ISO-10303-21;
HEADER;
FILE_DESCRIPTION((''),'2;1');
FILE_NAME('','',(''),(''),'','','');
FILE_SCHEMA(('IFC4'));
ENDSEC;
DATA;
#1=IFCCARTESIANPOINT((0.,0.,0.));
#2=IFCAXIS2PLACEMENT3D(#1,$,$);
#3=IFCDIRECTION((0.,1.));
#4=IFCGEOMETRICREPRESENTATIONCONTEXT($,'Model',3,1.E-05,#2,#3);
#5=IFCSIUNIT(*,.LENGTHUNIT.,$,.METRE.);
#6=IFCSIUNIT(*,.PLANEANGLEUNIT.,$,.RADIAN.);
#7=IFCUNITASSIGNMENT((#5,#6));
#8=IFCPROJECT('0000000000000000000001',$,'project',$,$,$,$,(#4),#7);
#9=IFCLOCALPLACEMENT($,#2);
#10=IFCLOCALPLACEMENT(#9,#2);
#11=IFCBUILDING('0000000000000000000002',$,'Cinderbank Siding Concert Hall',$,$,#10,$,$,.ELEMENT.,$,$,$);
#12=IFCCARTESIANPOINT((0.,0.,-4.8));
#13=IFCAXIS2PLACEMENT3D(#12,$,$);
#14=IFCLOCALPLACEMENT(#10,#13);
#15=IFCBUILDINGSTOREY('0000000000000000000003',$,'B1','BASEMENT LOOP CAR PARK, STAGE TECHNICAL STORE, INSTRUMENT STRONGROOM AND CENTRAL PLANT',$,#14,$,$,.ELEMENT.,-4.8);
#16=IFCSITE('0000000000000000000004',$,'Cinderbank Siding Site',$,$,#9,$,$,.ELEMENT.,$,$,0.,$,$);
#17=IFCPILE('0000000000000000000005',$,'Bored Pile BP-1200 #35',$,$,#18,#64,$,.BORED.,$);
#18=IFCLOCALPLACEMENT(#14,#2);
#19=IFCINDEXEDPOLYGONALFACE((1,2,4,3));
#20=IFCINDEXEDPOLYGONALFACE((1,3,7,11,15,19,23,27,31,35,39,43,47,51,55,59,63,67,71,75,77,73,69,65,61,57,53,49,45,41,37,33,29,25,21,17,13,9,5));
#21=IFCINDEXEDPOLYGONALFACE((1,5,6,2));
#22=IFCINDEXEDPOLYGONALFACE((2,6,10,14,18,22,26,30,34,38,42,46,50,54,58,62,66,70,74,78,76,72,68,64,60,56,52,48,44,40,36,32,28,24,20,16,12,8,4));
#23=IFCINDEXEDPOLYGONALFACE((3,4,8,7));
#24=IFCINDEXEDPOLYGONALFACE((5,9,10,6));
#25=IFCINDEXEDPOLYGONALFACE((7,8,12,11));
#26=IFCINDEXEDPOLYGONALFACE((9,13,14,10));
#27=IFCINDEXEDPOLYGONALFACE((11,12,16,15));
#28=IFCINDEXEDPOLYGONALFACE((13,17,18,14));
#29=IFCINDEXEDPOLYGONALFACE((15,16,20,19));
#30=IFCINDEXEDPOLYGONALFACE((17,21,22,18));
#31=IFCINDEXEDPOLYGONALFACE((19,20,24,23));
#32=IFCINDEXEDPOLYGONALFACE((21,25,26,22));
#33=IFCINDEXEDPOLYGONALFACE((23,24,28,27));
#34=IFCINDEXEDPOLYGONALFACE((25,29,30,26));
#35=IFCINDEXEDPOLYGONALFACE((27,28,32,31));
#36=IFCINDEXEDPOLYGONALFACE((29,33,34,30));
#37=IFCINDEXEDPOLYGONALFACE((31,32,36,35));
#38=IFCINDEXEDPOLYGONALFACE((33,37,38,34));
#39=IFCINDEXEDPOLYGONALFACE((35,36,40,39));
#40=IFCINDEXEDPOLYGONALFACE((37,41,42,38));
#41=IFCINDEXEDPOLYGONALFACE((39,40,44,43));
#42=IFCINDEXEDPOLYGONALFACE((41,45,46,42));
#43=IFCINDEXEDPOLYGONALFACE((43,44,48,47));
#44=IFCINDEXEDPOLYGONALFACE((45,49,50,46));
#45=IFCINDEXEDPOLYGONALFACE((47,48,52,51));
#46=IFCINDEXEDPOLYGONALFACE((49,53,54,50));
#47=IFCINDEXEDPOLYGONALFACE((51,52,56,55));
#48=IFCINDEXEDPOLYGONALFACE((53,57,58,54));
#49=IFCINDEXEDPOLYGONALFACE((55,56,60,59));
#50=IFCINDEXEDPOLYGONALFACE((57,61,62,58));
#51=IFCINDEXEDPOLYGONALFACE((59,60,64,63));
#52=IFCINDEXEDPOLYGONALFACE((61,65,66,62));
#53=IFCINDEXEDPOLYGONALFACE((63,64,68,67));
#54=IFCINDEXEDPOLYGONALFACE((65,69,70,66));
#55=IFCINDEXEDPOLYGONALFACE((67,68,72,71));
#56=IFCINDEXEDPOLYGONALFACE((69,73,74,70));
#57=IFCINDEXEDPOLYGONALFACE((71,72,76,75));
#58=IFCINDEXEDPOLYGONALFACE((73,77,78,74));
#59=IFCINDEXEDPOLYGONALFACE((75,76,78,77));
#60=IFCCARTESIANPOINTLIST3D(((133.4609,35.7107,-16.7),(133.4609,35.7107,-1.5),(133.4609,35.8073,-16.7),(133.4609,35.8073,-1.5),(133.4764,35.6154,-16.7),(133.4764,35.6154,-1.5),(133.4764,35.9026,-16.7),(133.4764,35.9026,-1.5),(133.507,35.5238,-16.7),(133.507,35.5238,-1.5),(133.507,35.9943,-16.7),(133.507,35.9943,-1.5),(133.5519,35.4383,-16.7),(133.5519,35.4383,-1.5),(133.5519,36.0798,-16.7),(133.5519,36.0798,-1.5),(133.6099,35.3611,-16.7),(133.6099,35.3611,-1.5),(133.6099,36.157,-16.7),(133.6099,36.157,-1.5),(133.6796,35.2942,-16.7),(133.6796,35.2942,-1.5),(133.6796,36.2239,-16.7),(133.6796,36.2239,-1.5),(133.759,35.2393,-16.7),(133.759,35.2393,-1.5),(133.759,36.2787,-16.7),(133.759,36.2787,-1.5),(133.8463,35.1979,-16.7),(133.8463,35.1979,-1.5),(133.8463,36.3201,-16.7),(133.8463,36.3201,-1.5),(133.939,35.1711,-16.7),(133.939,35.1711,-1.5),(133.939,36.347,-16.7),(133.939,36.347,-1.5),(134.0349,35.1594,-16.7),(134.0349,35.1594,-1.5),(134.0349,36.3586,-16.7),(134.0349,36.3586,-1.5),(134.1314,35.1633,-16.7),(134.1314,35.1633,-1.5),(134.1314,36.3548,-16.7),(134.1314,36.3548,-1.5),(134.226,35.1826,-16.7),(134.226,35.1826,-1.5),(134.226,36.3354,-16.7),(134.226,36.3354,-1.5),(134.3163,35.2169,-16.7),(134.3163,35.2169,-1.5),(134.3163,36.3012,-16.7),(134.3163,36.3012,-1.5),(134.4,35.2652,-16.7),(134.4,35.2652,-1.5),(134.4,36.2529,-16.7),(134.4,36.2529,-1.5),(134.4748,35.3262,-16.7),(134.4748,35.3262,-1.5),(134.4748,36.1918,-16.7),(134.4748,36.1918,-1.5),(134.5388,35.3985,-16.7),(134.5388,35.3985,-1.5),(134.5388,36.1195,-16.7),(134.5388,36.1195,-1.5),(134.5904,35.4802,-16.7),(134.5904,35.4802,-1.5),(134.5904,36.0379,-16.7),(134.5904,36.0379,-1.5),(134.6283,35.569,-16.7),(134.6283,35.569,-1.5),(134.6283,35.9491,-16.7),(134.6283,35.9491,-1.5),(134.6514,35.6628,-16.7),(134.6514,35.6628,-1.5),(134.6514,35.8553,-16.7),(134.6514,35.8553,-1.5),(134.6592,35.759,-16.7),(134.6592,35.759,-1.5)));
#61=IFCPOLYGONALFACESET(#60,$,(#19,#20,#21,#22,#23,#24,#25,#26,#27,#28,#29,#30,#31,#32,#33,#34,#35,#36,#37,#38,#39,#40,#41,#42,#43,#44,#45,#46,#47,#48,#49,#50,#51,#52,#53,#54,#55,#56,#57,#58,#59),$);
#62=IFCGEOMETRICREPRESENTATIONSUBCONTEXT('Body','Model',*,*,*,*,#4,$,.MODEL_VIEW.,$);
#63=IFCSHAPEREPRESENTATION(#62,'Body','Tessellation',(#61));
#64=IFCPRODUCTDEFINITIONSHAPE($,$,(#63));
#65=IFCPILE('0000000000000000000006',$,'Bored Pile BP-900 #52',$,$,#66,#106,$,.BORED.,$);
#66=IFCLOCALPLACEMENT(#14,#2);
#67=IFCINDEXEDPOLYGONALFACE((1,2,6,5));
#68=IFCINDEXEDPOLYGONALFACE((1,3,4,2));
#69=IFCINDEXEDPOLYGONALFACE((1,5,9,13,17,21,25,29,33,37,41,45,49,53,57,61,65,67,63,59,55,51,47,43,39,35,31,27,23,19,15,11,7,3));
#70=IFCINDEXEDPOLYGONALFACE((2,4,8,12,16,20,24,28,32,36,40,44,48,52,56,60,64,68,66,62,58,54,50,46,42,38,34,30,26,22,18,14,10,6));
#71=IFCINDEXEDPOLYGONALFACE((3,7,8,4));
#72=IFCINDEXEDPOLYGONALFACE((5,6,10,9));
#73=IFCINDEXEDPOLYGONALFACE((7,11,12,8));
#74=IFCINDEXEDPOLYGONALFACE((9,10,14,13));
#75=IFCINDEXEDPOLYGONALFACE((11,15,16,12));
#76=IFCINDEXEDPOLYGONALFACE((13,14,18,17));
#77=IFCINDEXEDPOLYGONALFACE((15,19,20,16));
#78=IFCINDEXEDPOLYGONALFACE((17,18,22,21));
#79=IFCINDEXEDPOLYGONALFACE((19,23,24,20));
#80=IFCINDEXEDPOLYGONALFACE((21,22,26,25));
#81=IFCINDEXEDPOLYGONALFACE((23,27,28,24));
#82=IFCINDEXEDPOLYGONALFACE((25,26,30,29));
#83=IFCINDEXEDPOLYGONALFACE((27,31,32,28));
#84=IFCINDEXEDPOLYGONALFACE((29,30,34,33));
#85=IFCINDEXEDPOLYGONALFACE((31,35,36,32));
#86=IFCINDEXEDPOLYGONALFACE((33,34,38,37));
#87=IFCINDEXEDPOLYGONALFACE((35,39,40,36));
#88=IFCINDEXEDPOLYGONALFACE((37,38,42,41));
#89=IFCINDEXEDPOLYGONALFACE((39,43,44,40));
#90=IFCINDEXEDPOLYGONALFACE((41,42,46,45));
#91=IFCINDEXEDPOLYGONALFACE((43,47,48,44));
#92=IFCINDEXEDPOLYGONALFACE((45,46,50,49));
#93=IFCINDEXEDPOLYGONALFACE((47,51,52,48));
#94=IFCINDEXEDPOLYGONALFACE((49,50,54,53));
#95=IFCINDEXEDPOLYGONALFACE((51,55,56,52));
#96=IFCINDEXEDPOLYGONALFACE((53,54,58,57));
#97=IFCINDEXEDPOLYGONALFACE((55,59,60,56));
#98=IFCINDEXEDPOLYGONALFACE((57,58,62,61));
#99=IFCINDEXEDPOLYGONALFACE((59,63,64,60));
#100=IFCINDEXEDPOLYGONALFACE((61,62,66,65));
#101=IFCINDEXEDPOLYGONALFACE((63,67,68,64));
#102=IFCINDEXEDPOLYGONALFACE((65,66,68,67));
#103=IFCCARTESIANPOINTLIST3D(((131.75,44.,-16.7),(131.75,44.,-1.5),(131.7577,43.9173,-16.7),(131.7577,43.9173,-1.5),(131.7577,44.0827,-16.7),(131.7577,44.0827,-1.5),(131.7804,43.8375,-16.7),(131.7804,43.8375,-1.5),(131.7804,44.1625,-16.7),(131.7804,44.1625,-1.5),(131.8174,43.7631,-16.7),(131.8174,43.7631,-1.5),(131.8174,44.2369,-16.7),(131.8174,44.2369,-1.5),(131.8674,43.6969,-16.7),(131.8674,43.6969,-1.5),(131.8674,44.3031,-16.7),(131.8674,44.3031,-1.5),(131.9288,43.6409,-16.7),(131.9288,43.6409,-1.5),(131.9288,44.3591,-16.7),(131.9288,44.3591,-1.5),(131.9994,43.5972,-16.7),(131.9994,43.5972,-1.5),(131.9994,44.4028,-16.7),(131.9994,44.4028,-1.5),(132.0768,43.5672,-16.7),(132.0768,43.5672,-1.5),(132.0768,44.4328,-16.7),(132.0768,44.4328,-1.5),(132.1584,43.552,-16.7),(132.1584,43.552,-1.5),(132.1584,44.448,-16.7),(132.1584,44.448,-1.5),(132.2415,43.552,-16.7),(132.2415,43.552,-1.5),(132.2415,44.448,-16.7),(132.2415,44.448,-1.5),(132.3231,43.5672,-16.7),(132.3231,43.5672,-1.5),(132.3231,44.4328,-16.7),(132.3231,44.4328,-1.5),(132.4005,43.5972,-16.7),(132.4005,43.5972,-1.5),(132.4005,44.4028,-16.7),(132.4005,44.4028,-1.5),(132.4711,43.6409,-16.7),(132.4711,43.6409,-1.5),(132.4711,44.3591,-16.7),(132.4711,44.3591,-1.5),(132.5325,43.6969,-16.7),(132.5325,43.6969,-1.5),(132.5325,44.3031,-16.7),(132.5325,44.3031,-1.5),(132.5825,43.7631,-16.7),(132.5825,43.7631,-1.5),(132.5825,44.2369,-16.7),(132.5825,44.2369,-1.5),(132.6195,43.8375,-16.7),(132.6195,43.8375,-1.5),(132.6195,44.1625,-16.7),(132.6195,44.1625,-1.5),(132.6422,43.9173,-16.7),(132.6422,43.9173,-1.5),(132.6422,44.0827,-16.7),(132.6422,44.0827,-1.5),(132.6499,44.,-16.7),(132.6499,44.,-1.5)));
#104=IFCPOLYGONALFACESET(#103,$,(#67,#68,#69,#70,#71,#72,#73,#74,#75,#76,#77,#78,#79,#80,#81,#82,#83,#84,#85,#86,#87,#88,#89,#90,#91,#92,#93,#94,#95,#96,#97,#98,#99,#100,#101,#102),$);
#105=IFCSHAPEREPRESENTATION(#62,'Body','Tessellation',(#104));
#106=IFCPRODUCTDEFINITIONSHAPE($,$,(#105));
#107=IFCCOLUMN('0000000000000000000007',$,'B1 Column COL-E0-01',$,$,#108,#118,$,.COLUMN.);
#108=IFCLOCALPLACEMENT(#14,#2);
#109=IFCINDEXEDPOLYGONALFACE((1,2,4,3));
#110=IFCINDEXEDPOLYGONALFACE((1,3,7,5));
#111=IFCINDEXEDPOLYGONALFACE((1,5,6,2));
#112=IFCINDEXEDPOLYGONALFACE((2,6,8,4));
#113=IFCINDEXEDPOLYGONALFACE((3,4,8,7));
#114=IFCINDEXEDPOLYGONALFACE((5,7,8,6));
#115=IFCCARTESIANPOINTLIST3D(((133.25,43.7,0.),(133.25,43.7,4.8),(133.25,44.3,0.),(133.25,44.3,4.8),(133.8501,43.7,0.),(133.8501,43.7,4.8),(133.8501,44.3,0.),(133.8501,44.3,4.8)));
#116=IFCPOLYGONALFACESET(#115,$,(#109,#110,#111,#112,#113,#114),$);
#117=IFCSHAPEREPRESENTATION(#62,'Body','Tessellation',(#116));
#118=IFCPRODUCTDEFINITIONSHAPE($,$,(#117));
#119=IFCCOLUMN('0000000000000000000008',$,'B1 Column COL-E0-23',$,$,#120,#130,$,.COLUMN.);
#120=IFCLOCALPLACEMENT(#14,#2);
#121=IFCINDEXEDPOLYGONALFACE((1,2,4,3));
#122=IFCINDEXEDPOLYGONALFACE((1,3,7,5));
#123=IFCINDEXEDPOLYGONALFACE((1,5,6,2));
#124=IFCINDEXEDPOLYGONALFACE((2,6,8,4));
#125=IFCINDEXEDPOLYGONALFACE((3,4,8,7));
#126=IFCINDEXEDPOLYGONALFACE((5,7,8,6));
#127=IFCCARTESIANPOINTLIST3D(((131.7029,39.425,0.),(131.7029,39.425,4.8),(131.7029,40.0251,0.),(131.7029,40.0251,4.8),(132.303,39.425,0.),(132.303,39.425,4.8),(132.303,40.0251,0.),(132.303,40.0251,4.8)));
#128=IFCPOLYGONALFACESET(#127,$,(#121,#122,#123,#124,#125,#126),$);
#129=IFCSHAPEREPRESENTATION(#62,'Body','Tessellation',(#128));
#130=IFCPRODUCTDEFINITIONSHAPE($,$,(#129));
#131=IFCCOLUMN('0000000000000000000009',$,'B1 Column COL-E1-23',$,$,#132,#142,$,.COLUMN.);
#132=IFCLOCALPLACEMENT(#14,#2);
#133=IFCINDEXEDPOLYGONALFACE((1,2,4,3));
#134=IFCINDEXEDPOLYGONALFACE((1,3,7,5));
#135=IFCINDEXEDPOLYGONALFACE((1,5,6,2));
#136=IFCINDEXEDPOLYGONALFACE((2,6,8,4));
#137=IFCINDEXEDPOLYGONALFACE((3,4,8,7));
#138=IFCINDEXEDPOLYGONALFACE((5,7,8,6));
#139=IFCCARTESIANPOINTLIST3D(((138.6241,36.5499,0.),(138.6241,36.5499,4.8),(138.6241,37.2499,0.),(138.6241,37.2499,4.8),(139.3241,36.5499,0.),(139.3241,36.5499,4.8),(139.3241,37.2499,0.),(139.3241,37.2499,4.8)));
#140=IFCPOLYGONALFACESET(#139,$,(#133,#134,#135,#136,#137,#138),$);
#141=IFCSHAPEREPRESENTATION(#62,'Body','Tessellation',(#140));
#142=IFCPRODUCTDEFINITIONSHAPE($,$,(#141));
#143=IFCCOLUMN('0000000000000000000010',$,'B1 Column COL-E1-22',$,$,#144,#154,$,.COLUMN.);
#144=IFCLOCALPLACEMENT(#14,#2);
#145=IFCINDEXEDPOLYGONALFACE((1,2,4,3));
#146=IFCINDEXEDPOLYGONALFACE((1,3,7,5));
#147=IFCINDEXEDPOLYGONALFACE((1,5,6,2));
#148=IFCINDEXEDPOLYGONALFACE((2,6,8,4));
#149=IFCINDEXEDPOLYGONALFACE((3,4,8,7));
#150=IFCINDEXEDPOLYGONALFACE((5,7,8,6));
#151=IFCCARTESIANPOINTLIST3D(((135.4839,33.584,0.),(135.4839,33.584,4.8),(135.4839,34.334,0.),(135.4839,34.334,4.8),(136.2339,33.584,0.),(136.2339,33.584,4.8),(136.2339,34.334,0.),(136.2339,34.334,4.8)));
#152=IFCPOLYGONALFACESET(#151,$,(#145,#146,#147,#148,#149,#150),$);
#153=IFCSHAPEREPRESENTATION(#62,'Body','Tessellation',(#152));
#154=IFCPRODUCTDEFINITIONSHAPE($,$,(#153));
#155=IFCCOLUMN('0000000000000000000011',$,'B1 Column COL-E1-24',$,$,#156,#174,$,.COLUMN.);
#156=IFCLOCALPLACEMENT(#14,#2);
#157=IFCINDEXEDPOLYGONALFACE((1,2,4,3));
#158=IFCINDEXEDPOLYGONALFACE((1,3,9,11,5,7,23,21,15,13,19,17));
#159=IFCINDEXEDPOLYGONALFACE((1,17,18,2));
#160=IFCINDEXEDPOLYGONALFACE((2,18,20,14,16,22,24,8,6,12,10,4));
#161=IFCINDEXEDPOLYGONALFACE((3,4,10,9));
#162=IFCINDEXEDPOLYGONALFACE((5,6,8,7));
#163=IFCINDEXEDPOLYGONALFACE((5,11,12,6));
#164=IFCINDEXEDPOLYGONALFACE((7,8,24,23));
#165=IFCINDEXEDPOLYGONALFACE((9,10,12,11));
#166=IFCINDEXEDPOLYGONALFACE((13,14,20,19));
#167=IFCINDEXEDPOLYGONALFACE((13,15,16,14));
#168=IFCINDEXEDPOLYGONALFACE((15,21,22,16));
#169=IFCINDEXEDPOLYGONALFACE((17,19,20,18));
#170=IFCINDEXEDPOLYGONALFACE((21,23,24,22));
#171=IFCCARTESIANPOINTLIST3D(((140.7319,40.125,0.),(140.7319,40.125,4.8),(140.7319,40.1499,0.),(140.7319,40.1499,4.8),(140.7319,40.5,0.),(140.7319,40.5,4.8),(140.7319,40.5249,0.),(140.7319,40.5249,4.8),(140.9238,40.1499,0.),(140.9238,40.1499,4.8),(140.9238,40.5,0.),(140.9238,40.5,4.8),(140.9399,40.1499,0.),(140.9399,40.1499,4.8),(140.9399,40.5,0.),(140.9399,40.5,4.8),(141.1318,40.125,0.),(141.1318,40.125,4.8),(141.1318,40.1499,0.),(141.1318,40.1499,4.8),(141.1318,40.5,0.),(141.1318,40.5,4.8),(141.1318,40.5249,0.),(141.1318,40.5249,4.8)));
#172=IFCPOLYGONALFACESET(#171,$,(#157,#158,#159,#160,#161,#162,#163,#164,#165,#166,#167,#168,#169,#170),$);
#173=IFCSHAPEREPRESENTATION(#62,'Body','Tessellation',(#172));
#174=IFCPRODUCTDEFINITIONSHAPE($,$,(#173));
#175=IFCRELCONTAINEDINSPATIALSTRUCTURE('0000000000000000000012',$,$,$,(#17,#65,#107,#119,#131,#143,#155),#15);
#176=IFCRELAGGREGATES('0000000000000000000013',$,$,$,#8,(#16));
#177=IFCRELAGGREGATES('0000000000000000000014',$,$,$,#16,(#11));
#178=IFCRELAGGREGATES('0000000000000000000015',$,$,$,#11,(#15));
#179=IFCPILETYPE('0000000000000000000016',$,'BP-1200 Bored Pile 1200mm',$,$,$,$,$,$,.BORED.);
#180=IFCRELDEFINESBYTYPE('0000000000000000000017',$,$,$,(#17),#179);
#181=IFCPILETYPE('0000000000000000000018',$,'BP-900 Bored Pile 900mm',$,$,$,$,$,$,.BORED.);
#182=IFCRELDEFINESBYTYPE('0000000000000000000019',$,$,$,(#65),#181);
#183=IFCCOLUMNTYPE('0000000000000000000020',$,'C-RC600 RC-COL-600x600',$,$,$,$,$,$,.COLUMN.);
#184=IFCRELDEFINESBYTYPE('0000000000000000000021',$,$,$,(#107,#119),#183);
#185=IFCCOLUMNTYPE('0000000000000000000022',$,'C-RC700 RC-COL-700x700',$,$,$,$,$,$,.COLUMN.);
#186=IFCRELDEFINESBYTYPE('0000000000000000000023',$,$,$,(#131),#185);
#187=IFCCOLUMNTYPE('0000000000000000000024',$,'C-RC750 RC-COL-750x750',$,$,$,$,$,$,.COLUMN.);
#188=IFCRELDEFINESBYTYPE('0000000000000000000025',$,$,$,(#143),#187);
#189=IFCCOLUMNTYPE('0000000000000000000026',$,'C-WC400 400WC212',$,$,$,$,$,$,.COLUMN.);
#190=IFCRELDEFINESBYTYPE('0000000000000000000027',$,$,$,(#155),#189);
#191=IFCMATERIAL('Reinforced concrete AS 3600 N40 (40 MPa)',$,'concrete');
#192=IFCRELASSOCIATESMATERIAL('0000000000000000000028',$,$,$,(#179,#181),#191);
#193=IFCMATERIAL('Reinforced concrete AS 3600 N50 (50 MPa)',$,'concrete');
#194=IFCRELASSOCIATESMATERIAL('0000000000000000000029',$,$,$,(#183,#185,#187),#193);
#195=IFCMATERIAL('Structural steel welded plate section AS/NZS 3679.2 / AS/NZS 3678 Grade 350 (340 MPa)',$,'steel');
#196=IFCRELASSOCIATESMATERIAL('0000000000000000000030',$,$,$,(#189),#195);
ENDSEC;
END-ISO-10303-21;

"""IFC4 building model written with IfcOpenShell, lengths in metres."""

from ifc_helpers import new_model, si_unit, direction, frame, origin, origin_2d, place, context, subcontext, project, spatial, rectangle, circle, i_section, extrude, material, material_profile, profile_set, type_object, element, save


model = new_model("IFC4")

# Units and contexts
model_context = context("Model", 3, precision=1e-05, world=origin(), true_north=direction((0.0, 1.0)))
body_context = subcontext(model_context, "Body", "Model", "MODEL_VIEW")
ifc_project = project(units=[si_unit("LENGTHUNIT", "METRE"), si_unit("PLANEANGLEUNIT", "RADIAN")], contexts=[model_context])

# Site, building, storey
site_placement = place(None, origin())
site = spatial("IfcSite", under=ifc_project, at=site_placement, Name="Cinderbank Siding Site", CompositionType="ELEMENT", RefElevation=0.0)
building_placement = place(site_placement, origin())
building = spatial("IfcBuilding", under=site, at=building_placement, Name="Cinderbank Siding Concert Hall", CompositionType="ELEMENT")
storey_placement = place(building_placement, frame((0.0, 0.0, -4.8)))
storey = spatial("IfcBuildingStorey", under=building, at=storey_placement, Name="B1", Description="BASEMENT LOOP CAR PARK, STAGE TECHNICAL STORE, INSTRUMENT STRONGROOM AND CENTRAL PLANT", CompositionType="ELEMENT", Elevation=-4.8)

# Piles
ifc_material_1 = material(Name="Reinforced concrete AS 3600 N40 (40 MPa)", Category="concrete")
ifc_material_profile_1 = material_profile(ifc_material_1, circle(Radius=0.6001, at=origin_2d()), Name="PILE-1200DIA", Category="LoadBearing")
ifc_profile_set_1 = profile_set([ifc_material_profile_1], Name="Reinforced concrete AS 3600 N40 (40 MPa)")
pile_type_1 = type_object("IfcPileType", Name="BP-1200 Bored Pile 1200mm", PredefinedType="BORED", material=ifc_profile_set_1)
for number, where, z_axis, x_axis, name in (
    (1, (134.0591, 35.759, -1.5), (0.0, 0.0, -1.0), (1.0, 0.0, 0.0), "Bored Pile BP-1200 #35"),
):
    element("IfcPile", number, at=place(storey_placement, frame(where, z_axis=z_axis, x_axis=x_axis)), inside=storey, type_object=pile_type_1, Name=name, PredefinedType="BORED", context=body_context, shape_type="SweptSolid", body=[
        extrude(circle(Radius=0.6001, at=origin_2d()), origin(), (0.0, 0.0, 1.0), 15.2),
    ])
ifc_material_profile_2 = material_profile(ifc_material_1, circle(Radius=0.45, at=origin_2d()), Name="PILE-900DIA", Category="LoadBearing")
ifc_profile_set_2 = profile_set([ifc_material_profile_2], Name="Reinforced concrete AS 3600 N40 (40 MPa)")
pile_type_2 = type_object("IfcPileType", Name="BP-900 Bored Pile 900mm", PredefinedType="BORED", material=ifc_profile_set_2)
pile_placement = place(storey_placement, frame((132.2, 44.0, -1.5), z_axis=(0.0, 0.0, -1.0), x_axis=(1.0, 0.0, 0.0)))
element("IfcPile", 2, at=pile_placement, inside=storey, type_object=pile_type_2, Name="Bored Pile BP-900 #52", PredefinedType="BORED", context=body_context, shape_type="SweptSolid", body=[
    extrude(circle(Radius=0.45, at=origin_2d()), origin(), (0.0, 0.0, 1.0), 15.2),
])

# Columns
ifc_material_2 = material(Name="Reinforced concrete AS 3600 N50 (50 MPa)", Category="concrete")
ifc_material_profile_3 = material_profile(ifc_material_2, rectangle(XDim=0.6001, YDim=0.6001, at=origin_2d()), Name="RC-COL-600x600", Category="LoadBearing")
ifc_profile_set_3 = profile_set([ifc_material_profile_3], Name="Reinforced concrete AS 3600 N50 (50 MPa)")
column_type_1 = type_object("IfcColumnType", Name="C-RC600 RC-COL-600x600", PredefinedType="COLUMN", material=ifc_profile_set_3)
for number, where, z_axis, x_axis, name in (
    (3, (133.55, 44.0, 0.0), (0.0, 0.0, 1.0), (1.0, 0.0, 0.0), "B1 Column COL-E0-01"),
    (4, (132.0029, 39.7251, 0.0), (0.0, 0.0, 1.0), (1.0, 0.0, 0.0), "B1 Column COL-E0-23"),
):
    element("IfcColumn", number, at=place(storey_placement, frame(where, z_axis=z_axis, x_axis=x_axis)), inside=storey, type_object=column_type_1, Name=name, PredefinedType="COLUMN", context=body_context, shape_type="SweptSolid", body=[
        extrude(rectangle(XDim=0.6001, YDim=0.6001, at=origin_2d()), origin(), (0.0, 0.0, 1.0), 4.8),
    ])
ifc_material_profile_4 = material_profile(ifc_material_2, rectangle(XDim=0.7, YDim=0.7, at=origin_2d()), Name="RC-COL-700x700", Category="LoadBearing")
ifc_profile_set_4 = profile_set([ifc_material_profile_4], Name="Reinforced concrete AS 3600 N50 (50 MPa)")
column_type_2 = type_object("IfcColumnType", Name="C-RC700 RC-COL-700x700", PredefinedType="COLUMN", material=ifc_profile_set_4)
column_1_placement = place(storey_placement, frame((138.9741, 36.8999, 0.0), z_axis=(0.0, 0.0, 1.0), x_axis=(1.0, 0.0, 0.0)))
element("IfcColumn", 5, at=column_1_placement, inside=storey, type_object=column_type_2, Name="B1 Column COL-E1-23", PredefinedType="COLUMN", context=body_context, shape_type="SweptSolid", body=[
    extrude(rectangle(XDim=0.7, YDim=0.7, at=origin_2d()), origin(), (0.0, 0.0, 1.0), 4.8),
])
ifc_material_profile_5 = material_profile(ifc_material_2, rectangle(XDim=0.75, YDim=0.75, at=origin_2d()), Name="RC-COL-750x750", Category="LoadBearing")
ifc_profile_set_5 = profile_set([ifc_material_profile_5], Name="Reinforced concrete AS 3600 N50 (50 MPa)")
column_type_3 = type_object("IfcColumnType", Name="C-RC750 RC-COL-750x750", PredefinedType="COLUMN", material=ifc_profile_set_5)
column_2_placement = place(storey_placement, frame((135.8589, 33.959, 0.0), z_axis=(0.0, 0.0, 1.0), x_axis=(1.0, 0.0, 0.0)))
element("IfcColumn", 6, at=column_2_placement, inside=storey, type_object=column_type_3, Name="B1 Column COL-E1-22", PredefinedType="COLUMN", context=body_context, shape_type="SweptSolid", body=[
    extrude(rectangle(XDim=0.75, YDim=0.75, at=origin_2d()), origin(), (0.0, 0.0, 1.0), 4.8),
])
ifc_material_3 = material(Name="Structural steel welded plate section AS/NZS 3679.2 / AS/NZS 3678 Grade 350 (340 MPa)", Category="steel")
ifc_material_profile_6 = material_profile(ifc_material_3, i_section(OverallWidth=0.3999, OverallDepth=0.3999, WebThickness=0.0161, FlangeThickness=0.0249, at=origin_2d()), Name="400WC212", Category="LoadBearing")
ifc_profile_set_6 = profile_set([ifc_material_profile_6], Name="Structural steel welded plate section AS/NZS 3679.2 / AS/NZS 3678 Grade 350 (340 MPa)")
column_type_4 = type_object("IfcColumnType", Name="C-WC400 400WC212", PredefinedType="COLUMN", material=ifc_profile_set_6)
column_3_placement = place(storey_placement, frame((140.9319, 40.325, 0.0), z_axis=(0.0, 0.0, 1.0), x_axis=(1.0, 0.0, 0.0)))
element("IfcColumn", 7, at=column_3_placement, inside=storey, type_object=column_type_4, Name="B1 Column COL-E1-24", PredefinedType="COLUMN", context=body_context, shape_type="SweptSolid", body=[
    extrude(i_section(OverallWidth=0.3999, OverallDepth=0.3999, WebThickness=0.0161, FlangeThickness=0.0249, at=origin_2d()), origin(), (0.0, 0.0, 1.0), 4.8),
])

save(model, "model.ifc")
